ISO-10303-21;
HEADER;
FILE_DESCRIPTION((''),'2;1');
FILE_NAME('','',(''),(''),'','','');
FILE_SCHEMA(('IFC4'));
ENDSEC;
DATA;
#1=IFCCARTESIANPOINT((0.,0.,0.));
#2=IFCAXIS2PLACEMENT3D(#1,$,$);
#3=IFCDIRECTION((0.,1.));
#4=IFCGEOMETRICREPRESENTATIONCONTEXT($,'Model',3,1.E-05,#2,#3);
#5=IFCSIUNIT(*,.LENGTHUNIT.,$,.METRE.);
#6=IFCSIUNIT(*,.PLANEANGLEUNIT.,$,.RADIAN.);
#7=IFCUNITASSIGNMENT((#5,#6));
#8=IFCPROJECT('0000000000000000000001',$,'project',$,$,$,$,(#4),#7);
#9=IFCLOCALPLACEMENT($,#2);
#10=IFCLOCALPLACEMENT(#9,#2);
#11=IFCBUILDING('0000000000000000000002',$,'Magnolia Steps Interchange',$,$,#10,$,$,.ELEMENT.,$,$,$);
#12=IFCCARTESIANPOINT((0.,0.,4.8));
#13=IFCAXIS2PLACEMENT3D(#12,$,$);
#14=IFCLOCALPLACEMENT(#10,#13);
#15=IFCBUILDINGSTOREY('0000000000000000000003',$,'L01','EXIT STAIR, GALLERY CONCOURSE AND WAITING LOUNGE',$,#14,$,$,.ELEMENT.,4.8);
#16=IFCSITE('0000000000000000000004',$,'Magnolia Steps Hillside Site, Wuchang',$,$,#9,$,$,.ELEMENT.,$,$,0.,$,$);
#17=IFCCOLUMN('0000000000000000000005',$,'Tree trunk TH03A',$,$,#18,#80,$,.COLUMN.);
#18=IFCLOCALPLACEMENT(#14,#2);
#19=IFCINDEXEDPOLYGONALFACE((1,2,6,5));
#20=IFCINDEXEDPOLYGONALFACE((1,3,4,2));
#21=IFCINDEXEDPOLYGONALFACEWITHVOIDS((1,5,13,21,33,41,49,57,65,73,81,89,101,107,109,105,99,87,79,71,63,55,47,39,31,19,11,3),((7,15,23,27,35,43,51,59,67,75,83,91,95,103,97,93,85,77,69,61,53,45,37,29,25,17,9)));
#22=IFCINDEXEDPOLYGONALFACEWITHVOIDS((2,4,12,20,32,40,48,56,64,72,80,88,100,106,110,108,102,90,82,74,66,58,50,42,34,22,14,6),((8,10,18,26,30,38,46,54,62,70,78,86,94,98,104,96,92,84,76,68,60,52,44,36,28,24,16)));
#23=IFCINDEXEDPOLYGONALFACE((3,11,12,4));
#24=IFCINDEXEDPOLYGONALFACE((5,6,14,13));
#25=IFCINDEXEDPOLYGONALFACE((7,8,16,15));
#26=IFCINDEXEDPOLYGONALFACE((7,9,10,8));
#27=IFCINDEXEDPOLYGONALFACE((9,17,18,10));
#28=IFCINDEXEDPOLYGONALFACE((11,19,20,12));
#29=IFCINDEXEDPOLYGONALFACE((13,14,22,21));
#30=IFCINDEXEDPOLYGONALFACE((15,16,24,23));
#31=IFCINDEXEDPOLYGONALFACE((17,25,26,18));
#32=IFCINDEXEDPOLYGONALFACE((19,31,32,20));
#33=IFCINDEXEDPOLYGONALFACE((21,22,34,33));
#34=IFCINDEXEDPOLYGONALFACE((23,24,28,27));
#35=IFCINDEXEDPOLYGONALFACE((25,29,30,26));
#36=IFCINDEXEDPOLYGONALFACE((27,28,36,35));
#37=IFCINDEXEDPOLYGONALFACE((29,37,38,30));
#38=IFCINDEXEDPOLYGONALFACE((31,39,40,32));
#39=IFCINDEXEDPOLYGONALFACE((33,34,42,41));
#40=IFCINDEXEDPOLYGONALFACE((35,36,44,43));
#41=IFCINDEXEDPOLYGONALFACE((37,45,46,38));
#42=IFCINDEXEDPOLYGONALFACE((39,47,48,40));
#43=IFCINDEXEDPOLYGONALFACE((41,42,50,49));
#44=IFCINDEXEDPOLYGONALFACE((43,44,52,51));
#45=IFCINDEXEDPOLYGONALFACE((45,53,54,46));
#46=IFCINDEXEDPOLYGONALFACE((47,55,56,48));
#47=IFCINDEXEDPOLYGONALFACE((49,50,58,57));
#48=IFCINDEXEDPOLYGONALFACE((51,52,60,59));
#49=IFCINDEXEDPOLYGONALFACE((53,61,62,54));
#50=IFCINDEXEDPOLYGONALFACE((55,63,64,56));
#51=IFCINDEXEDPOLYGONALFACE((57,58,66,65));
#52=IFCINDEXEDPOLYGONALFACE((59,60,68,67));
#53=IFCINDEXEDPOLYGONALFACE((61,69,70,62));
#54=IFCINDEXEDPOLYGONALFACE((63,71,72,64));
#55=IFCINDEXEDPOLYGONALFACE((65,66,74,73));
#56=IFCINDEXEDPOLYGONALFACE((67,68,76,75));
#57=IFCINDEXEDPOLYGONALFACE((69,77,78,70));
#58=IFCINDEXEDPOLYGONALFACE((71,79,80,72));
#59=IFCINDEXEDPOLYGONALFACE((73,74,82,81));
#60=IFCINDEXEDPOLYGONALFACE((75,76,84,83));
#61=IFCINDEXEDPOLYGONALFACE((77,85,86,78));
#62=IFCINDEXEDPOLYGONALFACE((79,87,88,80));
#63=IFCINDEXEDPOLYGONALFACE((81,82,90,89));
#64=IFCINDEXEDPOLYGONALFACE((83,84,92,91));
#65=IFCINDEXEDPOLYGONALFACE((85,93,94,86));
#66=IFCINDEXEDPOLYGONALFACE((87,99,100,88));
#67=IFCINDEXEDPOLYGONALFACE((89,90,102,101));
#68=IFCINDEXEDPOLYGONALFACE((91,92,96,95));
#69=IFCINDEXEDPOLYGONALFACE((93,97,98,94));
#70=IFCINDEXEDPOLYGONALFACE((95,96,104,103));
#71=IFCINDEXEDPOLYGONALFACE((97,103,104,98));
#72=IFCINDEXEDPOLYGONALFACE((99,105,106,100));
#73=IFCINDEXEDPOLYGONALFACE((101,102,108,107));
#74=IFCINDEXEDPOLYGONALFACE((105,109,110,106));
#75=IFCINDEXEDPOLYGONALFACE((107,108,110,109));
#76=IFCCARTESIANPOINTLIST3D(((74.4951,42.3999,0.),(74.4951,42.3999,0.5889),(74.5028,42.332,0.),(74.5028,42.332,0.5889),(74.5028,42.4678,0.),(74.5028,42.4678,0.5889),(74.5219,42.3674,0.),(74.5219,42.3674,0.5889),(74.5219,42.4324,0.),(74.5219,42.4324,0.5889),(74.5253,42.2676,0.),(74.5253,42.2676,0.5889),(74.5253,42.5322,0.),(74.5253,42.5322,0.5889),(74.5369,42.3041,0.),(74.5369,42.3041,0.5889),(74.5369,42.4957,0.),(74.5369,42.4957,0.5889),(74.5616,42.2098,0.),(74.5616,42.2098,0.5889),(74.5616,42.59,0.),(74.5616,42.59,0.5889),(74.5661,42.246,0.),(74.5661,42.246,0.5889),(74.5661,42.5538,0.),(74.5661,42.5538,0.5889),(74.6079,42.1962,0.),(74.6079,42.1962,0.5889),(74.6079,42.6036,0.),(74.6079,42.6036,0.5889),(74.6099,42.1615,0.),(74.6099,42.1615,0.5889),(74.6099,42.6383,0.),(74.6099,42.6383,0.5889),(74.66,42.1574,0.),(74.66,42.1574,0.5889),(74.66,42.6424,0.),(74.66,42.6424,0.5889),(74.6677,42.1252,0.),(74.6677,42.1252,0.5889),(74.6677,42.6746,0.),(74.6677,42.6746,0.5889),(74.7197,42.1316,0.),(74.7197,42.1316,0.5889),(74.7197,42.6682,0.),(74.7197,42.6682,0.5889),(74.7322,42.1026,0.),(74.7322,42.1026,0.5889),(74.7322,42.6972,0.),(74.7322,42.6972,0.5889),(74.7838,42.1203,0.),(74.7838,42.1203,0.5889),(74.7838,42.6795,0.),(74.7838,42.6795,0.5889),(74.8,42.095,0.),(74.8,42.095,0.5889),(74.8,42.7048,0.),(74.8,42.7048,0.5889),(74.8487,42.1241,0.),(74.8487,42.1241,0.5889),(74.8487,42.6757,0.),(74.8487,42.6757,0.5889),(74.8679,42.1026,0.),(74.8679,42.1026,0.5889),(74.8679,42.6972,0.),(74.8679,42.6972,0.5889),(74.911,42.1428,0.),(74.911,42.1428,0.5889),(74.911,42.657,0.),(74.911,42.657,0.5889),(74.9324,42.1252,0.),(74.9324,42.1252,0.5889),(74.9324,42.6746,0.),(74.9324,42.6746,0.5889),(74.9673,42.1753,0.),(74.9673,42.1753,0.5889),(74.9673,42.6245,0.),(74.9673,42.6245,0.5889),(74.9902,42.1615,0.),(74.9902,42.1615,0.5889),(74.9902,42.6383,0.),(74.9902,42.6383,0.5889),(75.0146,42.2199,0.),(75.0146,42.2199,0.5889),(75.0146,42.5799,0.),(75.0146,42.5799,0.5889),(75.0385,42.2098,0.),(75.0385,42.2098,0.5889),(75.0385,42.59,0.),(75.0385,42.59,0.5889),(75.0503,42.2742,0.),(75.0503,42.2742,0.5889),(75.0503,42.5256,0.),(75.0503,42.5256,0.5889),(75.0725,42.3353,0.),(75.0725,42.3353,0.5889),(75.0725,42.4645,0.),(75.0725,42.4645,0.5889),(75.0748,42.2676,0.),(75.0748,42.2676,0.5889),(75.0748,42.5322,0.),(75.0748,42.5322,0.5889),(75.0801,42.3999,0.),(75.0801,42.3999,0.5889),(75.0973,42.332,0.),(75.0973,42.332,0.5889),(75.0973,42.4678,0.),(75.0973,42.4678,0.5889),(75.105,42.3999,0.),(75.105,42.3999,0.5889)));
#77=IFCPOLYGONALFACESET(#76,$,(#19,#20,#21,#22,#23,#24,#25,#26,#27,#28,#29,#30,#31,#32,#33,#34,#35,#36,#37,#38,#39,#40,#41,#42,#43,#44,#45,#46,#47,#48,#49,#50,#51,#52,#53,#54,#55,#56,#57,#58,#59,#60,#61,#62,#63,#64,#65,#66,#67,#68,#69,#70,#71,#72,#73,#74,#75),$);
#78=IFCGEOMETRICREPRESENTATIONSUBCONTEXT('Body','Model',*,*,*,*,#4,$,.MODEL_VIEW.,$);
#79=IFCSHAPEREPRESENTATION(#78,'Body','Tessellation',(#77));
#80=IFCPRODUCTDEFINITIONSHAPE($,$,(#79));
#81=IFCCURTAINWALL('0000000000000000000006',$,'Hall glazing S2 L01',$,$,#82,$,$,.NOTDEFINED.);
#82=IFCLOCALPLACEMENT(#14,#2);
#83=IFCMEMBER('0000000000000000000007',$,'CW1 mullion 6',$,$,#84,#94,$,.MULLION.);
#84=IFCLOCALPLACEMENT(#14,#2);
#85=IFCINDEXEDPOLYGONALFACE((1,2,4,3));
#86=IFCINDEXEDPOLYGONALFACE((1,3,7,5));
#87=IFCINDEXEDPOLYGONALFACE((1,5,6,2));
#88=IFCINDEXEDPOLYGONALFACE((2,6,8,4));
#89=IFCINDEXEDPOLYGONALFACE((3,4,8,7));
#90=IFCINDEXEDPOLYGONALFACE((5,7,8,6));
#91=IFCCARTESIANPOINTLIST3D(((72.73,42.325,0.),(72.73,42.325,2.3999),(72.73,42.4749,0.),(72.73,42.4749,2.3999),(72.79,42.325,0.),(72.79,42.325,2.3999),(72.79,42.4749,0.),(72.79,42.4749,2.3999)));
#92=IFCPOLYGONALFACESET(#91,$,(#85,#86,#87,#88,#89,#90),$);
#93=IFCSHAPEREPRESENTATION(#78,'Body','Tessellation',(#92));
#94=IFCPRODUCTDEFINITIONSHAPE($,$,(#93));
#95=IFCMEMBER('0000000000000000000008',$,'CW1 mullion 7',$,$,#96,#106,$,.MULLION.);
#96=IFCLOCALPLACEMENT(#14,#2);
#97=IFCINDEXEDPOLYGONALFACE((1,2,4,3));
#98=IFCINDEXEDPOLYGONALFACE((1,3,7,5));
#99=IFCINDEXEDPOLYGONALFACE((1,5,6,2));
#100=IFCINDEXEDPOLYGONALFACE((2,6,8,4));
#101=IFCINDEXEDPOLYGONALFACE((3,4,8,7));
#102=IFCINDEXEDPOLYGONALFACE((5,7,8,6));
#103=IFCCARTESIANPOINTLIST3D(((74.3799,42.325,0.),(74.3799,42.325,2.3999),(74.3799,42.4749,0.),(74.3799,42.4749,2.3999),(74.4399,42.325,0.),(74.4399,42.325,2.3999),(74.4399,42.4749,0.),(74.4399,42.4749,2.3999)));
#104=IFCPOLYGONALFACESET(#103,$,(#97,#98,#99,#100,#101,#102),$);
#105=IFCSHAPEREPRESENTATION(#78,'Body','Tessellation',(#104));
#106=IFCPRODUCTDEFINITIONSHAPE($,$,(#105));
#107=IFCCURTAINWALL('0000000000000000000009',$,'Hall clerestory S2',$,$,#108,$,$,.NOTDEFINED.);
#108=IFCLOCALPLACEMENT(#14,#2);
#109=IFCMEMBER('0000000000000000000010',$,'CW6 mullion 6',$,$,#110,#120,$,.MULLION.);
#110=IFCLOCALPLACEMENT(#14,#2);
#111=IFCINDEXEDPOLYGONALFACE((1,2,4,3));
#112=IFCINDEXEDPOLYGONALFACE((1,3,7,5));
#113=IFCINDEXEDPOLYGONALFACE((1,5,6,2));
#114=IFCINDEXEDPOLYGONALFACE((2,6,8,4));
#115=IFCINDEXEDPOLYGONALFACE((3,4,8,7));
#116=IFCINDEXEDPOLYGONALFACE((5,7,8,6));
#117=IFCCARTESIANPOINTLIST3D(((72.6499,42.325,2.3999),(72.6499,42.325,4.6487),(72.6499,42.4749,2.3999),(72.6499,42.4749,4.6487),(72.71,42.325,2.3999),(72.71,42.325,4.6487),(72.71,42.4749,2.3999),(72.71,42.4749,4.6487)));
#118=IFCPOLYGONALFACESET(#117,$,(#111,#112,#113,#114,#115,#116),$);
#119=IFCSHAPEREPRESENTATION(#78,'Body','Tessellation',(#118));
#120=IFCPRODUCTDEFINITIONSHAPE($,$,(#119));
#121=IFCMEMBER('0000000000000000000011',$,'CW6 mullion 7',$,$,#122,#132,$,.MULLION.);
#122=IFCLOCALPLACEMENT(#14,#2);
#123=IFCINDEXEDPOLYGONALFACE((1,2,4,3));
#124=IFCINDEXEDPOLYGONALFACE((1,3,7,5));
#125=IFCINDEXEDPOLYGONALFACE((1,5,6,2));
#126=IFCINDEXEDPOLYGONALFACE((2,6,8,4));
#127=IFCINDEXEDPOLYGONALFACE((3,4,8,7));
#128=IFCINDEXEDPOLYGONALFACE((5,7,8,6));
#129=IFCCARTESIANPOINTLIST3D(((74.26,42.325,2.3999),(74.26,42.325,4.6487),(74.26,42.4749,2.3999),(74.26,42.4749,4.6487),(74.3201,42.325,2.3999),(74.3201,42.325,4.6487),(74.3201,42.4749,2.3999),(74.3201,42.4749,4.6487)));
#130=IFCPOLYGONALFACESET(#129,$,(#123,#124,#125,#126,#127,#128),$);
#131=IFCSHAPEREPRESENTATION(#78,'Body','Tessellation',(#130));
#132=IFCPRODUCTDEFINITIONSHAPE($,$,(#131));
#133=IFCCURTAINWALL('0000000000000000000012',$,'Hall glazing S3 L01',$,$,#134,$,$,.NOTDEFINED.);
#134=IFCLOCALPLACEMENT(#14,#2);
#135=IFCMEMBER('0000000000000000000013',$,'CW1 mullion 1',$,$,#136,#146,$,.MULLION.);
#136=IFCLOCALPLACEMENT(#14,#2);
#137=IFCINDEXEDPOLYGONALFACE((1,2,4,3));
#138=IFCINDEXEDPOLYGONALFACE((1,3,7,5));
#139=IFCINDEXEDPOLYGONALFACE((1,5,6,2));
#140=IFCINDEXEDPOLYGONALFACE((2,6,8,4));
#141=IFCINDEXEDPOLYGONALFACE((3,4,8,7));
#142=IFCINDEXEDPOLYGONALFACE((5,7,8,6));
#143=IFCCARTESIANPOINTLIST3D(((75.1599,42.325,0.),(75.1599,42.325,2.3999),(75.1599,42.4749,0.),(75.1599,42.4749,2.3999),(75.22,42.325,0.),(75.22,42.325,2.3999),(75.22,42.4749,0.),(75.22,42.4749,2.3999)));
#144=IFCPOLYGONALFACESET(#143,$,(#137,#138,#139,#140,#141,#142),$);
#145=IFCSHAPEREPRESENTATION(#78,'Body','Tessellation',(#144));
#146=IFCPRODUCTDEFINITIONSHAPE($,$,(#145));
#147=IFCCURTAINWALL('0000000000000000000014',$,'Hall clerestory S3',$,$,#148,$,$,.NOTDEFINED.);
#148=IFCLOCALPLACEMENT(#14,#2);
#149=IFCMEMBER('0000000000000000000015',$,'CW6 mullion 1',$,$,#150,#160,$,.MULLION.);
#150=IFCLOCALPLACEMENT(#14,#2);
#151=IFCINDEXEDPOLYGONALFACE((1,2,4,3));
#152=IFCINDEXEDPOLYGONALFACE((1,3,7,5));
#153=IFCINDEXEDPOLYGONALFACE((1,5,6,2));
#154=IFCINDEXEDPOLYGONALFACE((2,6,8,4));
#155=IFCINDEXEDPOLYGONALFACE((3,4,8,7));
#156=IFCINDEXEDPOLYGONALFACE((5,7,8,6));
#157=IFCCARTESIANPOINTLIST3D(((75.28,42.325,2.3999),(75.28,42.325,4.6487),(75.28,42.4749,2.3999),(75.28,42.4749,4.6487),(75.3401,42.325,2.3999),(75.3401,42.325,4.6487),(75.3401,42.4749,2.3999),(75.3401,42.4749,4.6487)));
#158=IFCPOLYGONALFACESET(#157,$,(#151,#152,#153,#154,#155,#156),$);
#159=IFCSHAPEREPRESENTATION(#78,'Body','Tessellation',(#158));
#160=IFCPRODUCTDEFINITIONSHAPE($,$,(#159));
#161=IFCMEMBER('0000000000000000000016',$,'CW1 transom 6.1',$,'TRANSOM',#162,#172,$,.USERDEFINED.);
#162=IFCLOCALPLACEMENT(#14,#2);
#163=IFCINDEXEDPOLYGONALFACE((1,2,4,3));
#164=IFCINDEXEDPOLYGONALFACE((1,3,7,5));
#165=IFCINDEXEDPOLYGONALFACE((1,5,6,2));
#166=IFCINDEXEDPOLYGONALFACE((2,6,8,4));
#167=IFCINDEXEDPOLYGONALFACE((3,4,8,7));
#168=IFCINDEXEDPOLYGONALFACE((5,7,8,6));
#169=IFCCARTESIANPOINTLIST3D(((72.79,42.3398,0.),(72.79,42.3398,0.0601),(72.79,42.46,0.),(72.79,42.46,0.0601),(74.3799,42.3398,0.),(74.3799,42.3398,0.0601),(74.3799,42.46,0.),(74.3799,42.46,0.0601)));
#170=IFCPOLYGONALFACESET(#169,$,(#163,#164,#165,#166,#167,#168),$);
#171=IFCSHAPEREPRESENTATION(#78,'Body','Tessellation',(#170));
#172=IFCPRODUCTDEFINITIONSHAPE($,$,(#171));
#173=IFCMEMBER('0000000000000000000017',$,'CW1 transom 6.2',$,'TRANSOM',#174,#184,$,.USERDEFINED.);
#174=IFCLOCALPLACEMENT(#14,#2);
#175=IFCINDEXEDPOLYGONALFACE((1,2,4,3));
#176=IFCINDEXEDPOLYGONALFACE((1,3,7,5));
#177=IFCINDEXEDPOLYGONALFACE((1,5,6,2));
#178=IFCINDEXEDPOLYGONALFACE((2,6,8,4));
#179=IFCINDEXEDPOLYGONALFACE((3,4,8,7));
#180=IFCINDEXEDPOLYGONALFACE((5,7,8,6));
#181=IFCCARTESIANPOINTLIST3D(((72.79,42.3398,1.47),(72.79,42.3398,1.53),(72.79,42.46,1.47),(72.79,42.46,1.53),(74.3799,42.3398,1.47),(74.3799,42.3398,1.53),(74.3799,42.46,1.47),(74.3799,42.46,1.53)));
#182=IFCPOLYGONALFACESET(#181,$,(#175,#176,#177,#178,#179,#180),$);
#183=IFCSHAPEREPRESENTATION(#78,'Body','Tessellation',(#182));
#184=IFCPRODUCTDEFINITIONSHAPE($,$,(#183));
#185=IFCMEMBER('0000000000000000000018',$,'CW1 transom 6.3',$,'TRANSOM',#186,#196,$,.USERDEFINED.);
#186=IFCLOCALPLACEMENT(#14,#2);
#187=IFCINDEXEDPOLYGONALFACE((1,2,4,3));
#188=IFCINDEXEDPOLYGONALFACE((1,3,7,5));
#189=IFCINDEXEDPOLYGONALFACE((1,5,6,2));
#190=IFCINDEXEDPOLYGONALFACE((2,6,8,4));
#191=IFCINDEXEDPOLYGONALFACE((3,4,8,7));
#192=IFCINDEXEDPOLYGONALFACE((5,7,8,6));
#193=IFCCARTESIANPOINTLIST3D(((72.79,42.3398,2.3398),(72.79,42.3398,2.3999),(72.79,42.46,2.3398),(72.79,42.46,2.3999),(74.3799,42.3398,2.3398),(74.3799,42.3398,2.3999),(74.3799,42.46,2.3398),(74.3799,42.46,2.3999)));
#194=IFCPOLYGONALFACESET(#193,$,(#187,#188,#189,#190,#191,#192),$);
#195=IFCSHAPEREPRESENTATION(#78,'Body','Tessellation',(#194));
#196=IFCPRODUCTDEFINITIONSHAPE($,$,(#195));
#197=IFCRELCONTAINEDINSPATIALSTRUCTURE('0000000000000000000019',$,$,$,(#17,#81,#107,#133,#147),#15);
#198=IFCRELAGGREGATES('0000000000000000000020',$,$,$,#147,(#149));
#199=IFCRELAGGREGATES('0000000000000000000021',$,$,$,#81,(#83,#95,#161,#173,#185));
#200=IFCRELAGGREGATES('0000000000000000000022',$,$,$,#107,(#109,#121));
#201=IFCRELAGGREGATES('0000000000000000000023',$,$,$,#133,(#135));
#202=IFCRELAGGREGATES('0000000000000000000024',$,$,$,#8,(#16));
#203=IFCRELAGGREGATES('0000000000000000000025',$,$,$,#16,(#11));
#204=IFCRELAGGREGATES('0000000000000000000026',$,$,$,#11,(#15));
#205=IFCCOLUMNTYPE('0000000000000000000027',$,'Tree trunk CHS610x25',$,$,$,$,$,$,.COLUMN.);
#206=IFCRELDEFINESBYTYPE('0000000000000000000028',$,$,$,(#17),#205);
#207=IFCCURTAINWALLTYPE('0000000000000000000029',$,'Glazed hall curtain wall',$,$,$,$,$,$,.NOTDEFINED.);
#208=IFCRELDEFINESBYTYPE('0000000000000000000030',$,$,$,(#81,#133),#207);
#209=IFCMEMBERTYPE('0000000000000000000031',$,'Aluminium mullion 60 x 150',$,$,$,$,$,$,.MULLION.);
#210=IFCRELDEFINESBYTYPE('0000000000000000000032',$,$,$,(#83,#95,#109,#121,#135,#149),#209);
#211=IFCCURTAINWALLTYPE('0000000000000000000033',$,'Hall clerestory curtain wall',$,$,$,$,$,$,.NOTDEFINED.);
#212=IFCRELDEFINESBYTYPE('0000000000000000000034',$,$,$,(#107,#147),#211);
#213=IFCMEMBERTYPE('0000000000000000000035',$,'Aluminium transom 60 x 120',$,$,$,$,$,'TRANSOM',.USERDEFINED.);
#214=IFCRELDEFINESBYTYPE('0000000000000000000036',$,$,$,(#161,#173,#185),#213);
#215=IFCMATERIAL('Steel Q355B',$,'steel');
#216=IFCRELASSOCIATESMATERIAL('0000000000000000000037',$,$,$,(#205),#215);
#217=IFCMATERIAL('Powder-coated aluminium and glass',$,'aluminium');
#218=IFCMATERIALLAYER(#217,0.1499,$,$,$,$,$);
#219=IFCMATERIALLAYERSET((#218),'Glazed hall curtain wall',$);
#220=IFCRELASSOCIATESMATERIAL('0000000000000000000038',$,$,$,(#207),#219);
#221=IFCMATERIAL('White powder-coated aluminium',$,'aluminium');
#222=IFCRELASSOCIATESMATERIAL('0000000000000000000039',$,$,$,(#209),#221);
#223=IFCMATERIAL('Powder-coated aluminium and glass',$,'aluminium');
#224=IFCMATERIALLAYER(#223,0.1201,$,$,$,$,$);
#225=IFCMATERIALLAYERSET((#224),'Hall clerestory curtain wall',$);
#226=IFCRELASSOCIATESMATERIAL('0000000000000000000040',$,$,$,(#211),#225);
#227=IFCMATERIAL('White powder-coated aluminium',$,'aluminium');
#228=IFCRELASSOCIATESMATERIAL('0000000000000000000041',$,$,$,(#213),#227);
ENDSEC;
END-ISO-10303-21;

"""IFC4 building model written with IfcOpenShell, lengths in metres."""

from ifc_helpers import new_model, si_unit, direction, frame, origin, origin_2d, place, context, subcontext, project, spatial, rectangle, hollow_circle, extrude, material, layer, layer_set, material_profile, profile_set, type_object, element, aggregate, save


model = new_model("IFC4")

# Units and contexts
model_context = context("Model", 3, precision=1e-05, world=origin(), true_north=direction((0.0, 1.0)))
body_context = subcontext(model_context, "Body", "Model", "MODEL_VIEW")
ifc_project = project(units=[si_unit("LENGTHUNIT", "METRE"), si_unit("PLANEANGLEUNIT", "RADIAN")], contexts=[model_context])

# Site, building, storey
site_placement = place(None, origin())
site = spatial("IfcSite", under=ifc_project, at=site_placement, Name="Magnolia Steps Hillside Site, Wuchang", CompositionType="ELEMENT", RefElevation=0.0)
building_placement = place(site_placement, origin())
building = spatial("IfcBuilding", under=site, at=building_placement, Name="Magnolia Steps Interchange", CompositionType="ELEMENT")
storey_placement = place(building_placement, frame((0.0, 0.0, 4.8)))
storey = spatial("IfcBuildingStorey", under=building, at=storey_placement, Name="L01", Description="EXIT STAIR, GALLERY CONCOURSE AND WAITING LOUNGE", CompositionType="ELEMENT", Elevation=4.8)

# Column
ifc_material_1 = material(Name="Steel Q355B", Category="steel")
ifc_material_profile_1 = material_profile(ifc_material_1, hollow_circle(Radius=0.3049, WallThickness=0.0249, at=origin_2d()), Name="CHS610x25")
ifc_profile_set_1 = profile_set([ifc_material_profile_1], Name="Steel Q355B")
column_type = type_object("IfcColumnType", Name="Tree trunk CHS610x25", PredefinedType="COLUMN", material=ifc_profile_set_1)
column_placement = place(storey_placement, frame((74.8, 42.3999, 0.0), z_axis=(0.0, 0.0, 1.0), x_axis=(1.0, 0.0, 0.0)))
element("IfcColumn", 1, at=column_placement, inside=storey, type_object=column_type, Name="Tree trunk TH03A", PredefinedType="COLUMN", context=body_context, shape_type="SweptSolid", body=[
    extrude(hollow_circle(Radius=0.3049, WallThickness=0.0249, at=origin_2d()), origin(), (0.0, 0.0, 1.0), 0.5889),
])

# Curtain walls, members
ifc_material_2 = material(Name="Powder-coated aluminium and glass", Category="aluminium")
ifc_layer_1 = layer(ifc_material_2, 0.1499)
ifc_layer_set_1 = layer_set([ifc_layer_1], Name="Glazed hall curtain wall")
curtain_wall_type_1 = type_object("IfcCurtainWallType", Name="Glazed hall curtain wall", PredefinedType="NOTDEFINED", material=ifc_layer_set_1)
curtain_wall_1_placement = place(storey_placement, origin())
curtain_wall_1 = element("IfcCurtainWall", 2, at=curtain_wall_1_placement, inside=storey, type_object=curtain_wall_type_1, Name="Hall glazing S2 L01", PredefinedType="NOTDEFINED")
ifc_material_3 = material(Name="White powder-coated aluminium", Category="aluminium")
ifc_material_profile_2 = material_profile(ifc_material_3, rectangle(XDim=0.0601, YDim=0.1499, at=origin_2d()), Name="Aluminium mullion 60 x 150")
ifc_profile_set_2 = profile_set([ifc_material_profile_2], Name="White powder-coated aluminium")
member_type_1 = type_object("IfcMemberType", Name="Aluminium mullion 60 x 150", PredefinedType="MULLION", material=ifc_profile_set_2)
member_1_placement = place(storey_placement, frame((72.76, 42.3999, 0.0), z_axis=(0.0, 0.0, 1.0), x_axis=(1.0, 0.0, 0.0)))
member_1 = element("IfcMember", 3, at=member_1_placement, type_object=member_type_1, Name="CW1 mullion 6", PredefinedType="MULLION", context=body_context, shape_type="SweptSolid", body=[
    extrude(rectangle(XDim=0.0601, YDim=0.1499, at=origin_2d()), origin(), (0.0, 0.0, 1.0), 2.3999),
])
member_2_placement = place(storey_placement, frame((74.4099, 42.3999, 0.0), z_axis=(0.0, 0.0, 1.0), x_axis=(1.0, 0.0, 0.0)))
member_2 = element("IfcMember", 4, at=member_2_placement, type_object=member_type_1, Name="CW1 mullion 7", PredefinedType="MULLION", context=body_context, shape_type="SweptSolid", body=[
    extrude(rectangle(XDim=0.0601, YDim=0.1499, at=origin_2d()), origin(), (0.0, 0.0, 1.0), 2.3999),
])
ifc_material_4 = material(Name="Powder-coated aluminium and glass", Category="aluminium")
ifc_layer_2 = layer(ifc_material_4, 0.1201)
ifc_layer_set_2 = layer_set([ifc_layer_2], Name="Hall clerestory curtain wall")
curtain_wall_type_2 = type_object("IfcCurtainWallType", Name="Hall clerestory curtain wall", PredefinedType="NOTDEFINED", material=ifc_layer_set_2)
curtain_wall_2_placement = place(storey_placement, origin())
curtain_wall_2 = element("IfcCurtainWall", 5, at=curtain_wall_2_placement, inside=storey, type_object=curtain_wall_type_2, Name="Hall clerestory S2", PredefinedType="NOTDEFINED")
member_3_placement = place(storey_placement, frame((72.6799, 42.3999, 2.3999), z_axis=(0.0, 0.0, 1.0), x_axis=(1.0, 0.0, 0.0)))
member_3 = element("IfcMember", 6, at=member_3_placement, type_object=member_type_1, Name="CW6 mullion 6", PredefinedType="MULLION", context=body_context, shape_type="SweptSolid", body=[
    extrude(rectangle(XDim=0.0601, YDim=0.1499, at=origin_2d()), origin(), (0.0, 0.0, 1.0), 2.2488),
])
member_4_placement = place(storey_placement, frame((74.29, 42.3999, 2.3999), z_axis=(0.0, 0.0, 1.0), x_axis=(1.0, 0.0, 0.0)))
member_4 = element("IfcMember", 7, at=member_4_placement, type_object=member_type_1, Name="CW6 mullion 7", PredefinedType="MULLION", context=body_context, shape_type="SweptSolid", body=[
    extrude(rectangle(XDim=0.0601, YDim=0.1499, at=origin_2d()), origin(), (0.0, 0.0, 1.0), 2.2488),
])

# Curtain walls, members
curtain_wall_3_placement = place(storey_placement, origin())
curtain_wall_3 = element("IfcCurtainWall", 8, at=curtain_wall_3_placement, inside=storey, type_object=curtain_wall_type_1, Name="Hall glazing S3 L01", PredefinedType="NOTDEFINED")
member_5_placement = place(storey_placement, frame((75.1899, 42.3999, 0.0), z_axis=(0.0, 0.0, 1.0), x_axis=(1.0, 0.0, 0.0)))
member_5 = element("IfcMember", 9, at=member_5_placement, type_object=member_type_1, Name="CW1 mullion 1", PredefinedType="MULLION", context=body_context, shape_type="SweptSolid", body=[
    extrude(rectangle(XDim=0.0601, YDim=0.1499, at=origin_2d()), origin(), (0.0, 0.0, 1.0), 2.3999),
])
curtain_wall_4_placement = place(storey_placement, origin())
curtain_wall_4 = element("IfcCurtainWall", 10, at=curtain_wall_4_placement, inside=storey, type_object=curtain_wall_type_2, Name="Hall clerestory S3", PredefinedType="NOTDEFINED")
member_6_placement = place(storey_placement, frame((75.3101, 42.3999, 2.3999), z_axis=(0.0, 0.0, 1.0), x_axis=(1.0, 0.0, 0.0)))
member_6 = element("IfcMember", 11, at=member_6_placement, type_object=member_type_1, Name="CW6 mullion 1", PredefinedType="MULLION", context=body_context, shape_type="SweptSolid", body=[
    extrude(rectangle(XDim=0.0601, YDim=0.1499, at=origin_2d()), origin(), (0.0, 0.0, 1.0), 2.2488),
])

# Members
ifc_material_5 = material(Name="White powder-coated aluminium", Category="aluminium")
ifc_material_profile_3 = material_profile(ifc_material_5, rectangle(XDim=0.0601, YDim=0.1201, at=origin_2d()), Name="Aluminium transom 60 x 120")
ifc_profile_set_3 = profile_set([ifc_material_profile_3], Name="White powder-coated aluminium")
member_type_2 = type_object("IfcMemberType", Name="Aluminium transom 60 x 120", ElementType="TRANSOM", PredefinedType="USERDEFINED", material=ifc_profile_set_3)
member_7_placement = place(storey_placement, frame((72.79, 42.3999, 0.03), z_axis=(1.0, 0.0, 0.0), x_axis=(0.0, 0.0, 1.0)))
member_7 = element("IfcMember", 12, at=member_7_placement, type_object=member_type_2, Name="CW1 transom 6.1", ObjectType="TRANSOM", PredefinedType="USERDEFINED", context=body_context, shape_type="SweptSolid", body=[
    extrude(rectangle(XDim=0.0601, YDim=0.1201, at=origin_2d()), origin(), (0.0, 0.0, 1.0), 1.5898),
])
member_8_placement = place(storey_placement, frame((72.79, 42.3999, 1.5), z_axis=(1.0, 0.0, 0.0), x_axis=(0.0, 0.0, 1.0)))
member_8 = element("IfcMember", 13, at=member_8_placement, type_object=member_type_2, Name="CW1 transom 6.2", ObjectType="TRANSOM", PredefinedType="USERDEFINED", context=body_context, shape_type="SweptSolid", body=[
    extrude(rectangle(XDim=0.0601, YDim=0.1201, at=origin_2d()), origin(), (0.0, 0.0, 1.0), 1.5898),
])
member_9_placement = place(storey_placement, frame((72.79, 42.3999, 2.3699), z_axis=(1.0, 0.0, 0.0), x_axis=(0.0, 0.0, 1.0)))
member_9 = element("IfcMember", 14, at=member_9_placement, type_object=member_type_2, Name="CW1 transom 6.3", ObjectType="TRANSOM", PredefinedType="USERDEFINED", context=body_context, shape_type="SweptSolid", body=[
    extrude(rectangle(XDim=0.0601, YDim=0.1201, at=origin_2d()), origin(), (0.0, 0.0, 1.0), 1.5898),
])
aggregate(curtain_wall_4, [member_6])

aggregate(curtain_wall_1, [member_1, member_2, member_7, member_8, member_9])
aggregate(curtain_wall_2, [member_3, member_4])
aggregate(curtain_wall_3, [member_5])

save(model, "model.ifc")
